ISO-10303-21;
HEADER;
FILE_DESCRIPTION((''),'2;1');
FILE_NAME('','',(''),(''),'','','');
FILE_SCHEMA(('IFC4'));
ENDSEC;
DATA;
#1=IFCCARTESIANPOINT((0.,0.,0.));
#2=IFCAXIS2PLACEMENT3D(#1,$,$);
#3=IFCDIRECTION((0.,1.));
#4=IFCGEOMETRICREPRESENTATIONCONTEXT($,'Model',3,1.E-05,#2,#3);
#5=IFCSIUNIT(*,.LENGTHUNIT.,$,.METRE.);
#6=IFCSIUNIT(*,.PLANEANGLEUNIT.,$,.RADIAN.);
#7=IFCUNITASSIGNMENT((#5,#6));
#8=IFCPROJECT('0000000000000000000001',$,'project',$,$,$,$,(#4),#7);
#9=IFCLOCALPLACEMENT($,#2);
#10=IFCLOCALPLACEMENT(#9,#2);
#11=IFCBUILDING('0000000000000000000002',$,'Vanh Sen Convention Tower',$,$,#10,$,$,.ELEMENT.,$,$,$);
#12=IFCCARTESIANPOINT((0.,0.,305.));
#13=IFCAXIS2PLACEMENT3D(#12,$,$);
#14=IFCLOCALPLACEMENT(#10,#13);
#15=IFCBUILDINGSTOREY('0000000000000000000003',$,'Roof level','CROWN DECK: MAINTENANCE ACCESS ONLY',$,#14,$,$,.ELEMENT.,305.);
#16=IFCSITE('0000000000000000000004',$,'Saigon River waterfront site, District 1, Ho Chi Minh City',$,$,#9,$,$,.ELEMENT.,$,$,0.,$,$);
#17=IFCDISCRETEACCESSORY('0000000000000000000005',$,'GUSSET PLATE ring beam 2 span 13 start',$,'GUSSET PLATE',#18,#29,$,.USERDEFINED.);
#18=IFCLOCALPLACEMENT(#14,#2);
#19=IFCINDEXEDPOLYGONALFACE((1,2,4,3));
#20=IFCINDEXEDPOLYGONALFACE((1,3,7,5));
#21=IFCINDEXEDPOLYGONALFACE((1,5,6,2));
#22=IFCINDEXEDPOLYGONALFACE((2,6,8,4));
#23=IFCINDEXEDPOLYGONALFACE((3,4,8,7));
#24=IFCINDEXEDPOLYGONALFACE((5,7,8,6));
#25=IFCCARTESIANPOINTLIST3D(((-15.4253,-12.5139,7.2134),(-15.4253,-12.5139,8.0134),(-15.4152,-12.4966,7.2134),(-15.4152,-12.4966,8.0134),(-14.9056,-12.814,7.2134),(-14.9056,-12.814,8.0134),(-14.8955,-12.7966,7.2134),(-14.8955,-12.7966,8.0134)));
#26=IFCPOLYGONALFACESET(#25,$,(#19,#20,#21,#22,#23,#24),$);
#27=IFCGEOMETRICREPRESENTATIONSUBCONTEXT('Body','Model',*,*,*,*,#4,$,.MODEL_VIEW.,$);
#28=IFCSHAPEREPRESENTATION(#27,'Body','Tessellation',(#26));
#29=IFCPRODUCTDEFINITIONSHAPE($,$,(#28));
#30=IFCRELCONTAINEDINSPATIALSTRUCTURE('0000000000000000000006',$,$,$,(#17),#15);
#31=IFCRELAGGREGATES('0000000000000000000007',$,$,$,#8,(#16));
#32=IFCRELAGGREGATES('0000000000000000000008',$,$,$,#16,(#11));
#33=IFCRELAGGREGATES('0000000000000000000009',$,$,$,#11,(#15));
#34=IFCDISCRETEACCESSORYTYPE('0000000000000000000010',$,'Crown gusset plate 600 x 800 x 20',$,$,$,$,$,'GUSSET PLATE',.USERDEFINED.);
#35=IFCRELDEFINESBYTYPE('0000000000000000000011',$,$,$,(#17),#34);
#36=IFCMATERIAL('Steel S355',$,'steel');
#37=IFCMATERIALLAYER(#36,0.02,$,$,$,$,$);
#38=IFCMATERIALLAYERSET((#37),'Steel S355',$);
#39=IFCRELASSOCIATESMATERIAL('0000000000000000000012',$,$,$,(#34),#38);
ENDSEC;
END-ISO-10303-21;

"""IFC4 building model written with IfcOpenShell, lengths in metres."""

from ifc_helpers import new_model, si_unit, direction, frame, origin, origin_2d, place, context, subcontext, project, spatial, rectangle, extrude, material, layer, layer_set, type_object, element, save


model = new_model("IFC4")

# Units and contexts
model_context = context("Model", 3, precision=1e-05, world=origin(), true_north=direction((0.0, 1.0)))
body_context = subcontext(model_context, "Body", "Model", "MODEL_VIEW")
ifc_project = project(units=[si_unit("LENGTHUNIT", "METRE"), si_unit("PLANEANGLEUNIT", "RADIAN")], contexts=[model_context])

# Site, building, storey
site_placement = place(None, origin())
site = spatial("IfcSite", under=ifc_project, at=site_placement, Name="Saigon River waterfront site, District 1, Ho Chi Minh City", CompositionType="ELEMENT", RefElevation=0.0)
building_placement = place(site_placement, origin())
building = spatial("IfcBuilding", under=site, at=building_placement, Name="Vanh Sen Convention Tower", CompositionType="ELEMENT")
storey_placement = place(building_placement, frame((0.0, 0.0, 305.0)))
storey = spatial("IfcBuildingStorey", under=building, at=storey_placement, Name="Roof level", Description="CROWN DECK: MAINTENANCE ACCESS ONLY", CompositionType="ELEMENT", Elevation=305.0)

# Shared definitions
ifc_material_1 = material(Name="Steel S355", Category="steel")

# Discrete accessory
ifc_layer_1 = layer(ifc_material_1, 0.02)
ifc_layer_set_1 = layer_set([ifc_layer_1], Name="Steel S355")
discrete_accessory_type = type_object("IfcDiscreteAccessoryType", Name="Crown gusset plate 600 x 800 x 20", ElementType="GUSSET PLATE", PredefinedType="USERDEFINED", material=ifc_layer_set_1)
discrete_accessory_placement = place(storey_placement, frame((-15.1604, -12.6553, 7.2134), z_axis=(0.0, 0.0, 1.0), x_axis=(0.866023, -0.500005, 0.0)))
element("IfcDiscreteAccessory", 1, at=discrete_accessory_placement, inside=storey, type_object=discrete_accessory_type, Name="GUSSET PLATE ring beam 2 span 13 start", ObjectType="GUSSET PLATE", PredefinedType="USERDEFINED", context=body_context, shape_type="SweptSolid", body=[
    extrude(rectangle(XDim=0.6001, YDim=0.02, at=origin_2d()), origin(), (0.0, 0.0, 1.0), 0.8),
])

save(model, "model.ifc")
